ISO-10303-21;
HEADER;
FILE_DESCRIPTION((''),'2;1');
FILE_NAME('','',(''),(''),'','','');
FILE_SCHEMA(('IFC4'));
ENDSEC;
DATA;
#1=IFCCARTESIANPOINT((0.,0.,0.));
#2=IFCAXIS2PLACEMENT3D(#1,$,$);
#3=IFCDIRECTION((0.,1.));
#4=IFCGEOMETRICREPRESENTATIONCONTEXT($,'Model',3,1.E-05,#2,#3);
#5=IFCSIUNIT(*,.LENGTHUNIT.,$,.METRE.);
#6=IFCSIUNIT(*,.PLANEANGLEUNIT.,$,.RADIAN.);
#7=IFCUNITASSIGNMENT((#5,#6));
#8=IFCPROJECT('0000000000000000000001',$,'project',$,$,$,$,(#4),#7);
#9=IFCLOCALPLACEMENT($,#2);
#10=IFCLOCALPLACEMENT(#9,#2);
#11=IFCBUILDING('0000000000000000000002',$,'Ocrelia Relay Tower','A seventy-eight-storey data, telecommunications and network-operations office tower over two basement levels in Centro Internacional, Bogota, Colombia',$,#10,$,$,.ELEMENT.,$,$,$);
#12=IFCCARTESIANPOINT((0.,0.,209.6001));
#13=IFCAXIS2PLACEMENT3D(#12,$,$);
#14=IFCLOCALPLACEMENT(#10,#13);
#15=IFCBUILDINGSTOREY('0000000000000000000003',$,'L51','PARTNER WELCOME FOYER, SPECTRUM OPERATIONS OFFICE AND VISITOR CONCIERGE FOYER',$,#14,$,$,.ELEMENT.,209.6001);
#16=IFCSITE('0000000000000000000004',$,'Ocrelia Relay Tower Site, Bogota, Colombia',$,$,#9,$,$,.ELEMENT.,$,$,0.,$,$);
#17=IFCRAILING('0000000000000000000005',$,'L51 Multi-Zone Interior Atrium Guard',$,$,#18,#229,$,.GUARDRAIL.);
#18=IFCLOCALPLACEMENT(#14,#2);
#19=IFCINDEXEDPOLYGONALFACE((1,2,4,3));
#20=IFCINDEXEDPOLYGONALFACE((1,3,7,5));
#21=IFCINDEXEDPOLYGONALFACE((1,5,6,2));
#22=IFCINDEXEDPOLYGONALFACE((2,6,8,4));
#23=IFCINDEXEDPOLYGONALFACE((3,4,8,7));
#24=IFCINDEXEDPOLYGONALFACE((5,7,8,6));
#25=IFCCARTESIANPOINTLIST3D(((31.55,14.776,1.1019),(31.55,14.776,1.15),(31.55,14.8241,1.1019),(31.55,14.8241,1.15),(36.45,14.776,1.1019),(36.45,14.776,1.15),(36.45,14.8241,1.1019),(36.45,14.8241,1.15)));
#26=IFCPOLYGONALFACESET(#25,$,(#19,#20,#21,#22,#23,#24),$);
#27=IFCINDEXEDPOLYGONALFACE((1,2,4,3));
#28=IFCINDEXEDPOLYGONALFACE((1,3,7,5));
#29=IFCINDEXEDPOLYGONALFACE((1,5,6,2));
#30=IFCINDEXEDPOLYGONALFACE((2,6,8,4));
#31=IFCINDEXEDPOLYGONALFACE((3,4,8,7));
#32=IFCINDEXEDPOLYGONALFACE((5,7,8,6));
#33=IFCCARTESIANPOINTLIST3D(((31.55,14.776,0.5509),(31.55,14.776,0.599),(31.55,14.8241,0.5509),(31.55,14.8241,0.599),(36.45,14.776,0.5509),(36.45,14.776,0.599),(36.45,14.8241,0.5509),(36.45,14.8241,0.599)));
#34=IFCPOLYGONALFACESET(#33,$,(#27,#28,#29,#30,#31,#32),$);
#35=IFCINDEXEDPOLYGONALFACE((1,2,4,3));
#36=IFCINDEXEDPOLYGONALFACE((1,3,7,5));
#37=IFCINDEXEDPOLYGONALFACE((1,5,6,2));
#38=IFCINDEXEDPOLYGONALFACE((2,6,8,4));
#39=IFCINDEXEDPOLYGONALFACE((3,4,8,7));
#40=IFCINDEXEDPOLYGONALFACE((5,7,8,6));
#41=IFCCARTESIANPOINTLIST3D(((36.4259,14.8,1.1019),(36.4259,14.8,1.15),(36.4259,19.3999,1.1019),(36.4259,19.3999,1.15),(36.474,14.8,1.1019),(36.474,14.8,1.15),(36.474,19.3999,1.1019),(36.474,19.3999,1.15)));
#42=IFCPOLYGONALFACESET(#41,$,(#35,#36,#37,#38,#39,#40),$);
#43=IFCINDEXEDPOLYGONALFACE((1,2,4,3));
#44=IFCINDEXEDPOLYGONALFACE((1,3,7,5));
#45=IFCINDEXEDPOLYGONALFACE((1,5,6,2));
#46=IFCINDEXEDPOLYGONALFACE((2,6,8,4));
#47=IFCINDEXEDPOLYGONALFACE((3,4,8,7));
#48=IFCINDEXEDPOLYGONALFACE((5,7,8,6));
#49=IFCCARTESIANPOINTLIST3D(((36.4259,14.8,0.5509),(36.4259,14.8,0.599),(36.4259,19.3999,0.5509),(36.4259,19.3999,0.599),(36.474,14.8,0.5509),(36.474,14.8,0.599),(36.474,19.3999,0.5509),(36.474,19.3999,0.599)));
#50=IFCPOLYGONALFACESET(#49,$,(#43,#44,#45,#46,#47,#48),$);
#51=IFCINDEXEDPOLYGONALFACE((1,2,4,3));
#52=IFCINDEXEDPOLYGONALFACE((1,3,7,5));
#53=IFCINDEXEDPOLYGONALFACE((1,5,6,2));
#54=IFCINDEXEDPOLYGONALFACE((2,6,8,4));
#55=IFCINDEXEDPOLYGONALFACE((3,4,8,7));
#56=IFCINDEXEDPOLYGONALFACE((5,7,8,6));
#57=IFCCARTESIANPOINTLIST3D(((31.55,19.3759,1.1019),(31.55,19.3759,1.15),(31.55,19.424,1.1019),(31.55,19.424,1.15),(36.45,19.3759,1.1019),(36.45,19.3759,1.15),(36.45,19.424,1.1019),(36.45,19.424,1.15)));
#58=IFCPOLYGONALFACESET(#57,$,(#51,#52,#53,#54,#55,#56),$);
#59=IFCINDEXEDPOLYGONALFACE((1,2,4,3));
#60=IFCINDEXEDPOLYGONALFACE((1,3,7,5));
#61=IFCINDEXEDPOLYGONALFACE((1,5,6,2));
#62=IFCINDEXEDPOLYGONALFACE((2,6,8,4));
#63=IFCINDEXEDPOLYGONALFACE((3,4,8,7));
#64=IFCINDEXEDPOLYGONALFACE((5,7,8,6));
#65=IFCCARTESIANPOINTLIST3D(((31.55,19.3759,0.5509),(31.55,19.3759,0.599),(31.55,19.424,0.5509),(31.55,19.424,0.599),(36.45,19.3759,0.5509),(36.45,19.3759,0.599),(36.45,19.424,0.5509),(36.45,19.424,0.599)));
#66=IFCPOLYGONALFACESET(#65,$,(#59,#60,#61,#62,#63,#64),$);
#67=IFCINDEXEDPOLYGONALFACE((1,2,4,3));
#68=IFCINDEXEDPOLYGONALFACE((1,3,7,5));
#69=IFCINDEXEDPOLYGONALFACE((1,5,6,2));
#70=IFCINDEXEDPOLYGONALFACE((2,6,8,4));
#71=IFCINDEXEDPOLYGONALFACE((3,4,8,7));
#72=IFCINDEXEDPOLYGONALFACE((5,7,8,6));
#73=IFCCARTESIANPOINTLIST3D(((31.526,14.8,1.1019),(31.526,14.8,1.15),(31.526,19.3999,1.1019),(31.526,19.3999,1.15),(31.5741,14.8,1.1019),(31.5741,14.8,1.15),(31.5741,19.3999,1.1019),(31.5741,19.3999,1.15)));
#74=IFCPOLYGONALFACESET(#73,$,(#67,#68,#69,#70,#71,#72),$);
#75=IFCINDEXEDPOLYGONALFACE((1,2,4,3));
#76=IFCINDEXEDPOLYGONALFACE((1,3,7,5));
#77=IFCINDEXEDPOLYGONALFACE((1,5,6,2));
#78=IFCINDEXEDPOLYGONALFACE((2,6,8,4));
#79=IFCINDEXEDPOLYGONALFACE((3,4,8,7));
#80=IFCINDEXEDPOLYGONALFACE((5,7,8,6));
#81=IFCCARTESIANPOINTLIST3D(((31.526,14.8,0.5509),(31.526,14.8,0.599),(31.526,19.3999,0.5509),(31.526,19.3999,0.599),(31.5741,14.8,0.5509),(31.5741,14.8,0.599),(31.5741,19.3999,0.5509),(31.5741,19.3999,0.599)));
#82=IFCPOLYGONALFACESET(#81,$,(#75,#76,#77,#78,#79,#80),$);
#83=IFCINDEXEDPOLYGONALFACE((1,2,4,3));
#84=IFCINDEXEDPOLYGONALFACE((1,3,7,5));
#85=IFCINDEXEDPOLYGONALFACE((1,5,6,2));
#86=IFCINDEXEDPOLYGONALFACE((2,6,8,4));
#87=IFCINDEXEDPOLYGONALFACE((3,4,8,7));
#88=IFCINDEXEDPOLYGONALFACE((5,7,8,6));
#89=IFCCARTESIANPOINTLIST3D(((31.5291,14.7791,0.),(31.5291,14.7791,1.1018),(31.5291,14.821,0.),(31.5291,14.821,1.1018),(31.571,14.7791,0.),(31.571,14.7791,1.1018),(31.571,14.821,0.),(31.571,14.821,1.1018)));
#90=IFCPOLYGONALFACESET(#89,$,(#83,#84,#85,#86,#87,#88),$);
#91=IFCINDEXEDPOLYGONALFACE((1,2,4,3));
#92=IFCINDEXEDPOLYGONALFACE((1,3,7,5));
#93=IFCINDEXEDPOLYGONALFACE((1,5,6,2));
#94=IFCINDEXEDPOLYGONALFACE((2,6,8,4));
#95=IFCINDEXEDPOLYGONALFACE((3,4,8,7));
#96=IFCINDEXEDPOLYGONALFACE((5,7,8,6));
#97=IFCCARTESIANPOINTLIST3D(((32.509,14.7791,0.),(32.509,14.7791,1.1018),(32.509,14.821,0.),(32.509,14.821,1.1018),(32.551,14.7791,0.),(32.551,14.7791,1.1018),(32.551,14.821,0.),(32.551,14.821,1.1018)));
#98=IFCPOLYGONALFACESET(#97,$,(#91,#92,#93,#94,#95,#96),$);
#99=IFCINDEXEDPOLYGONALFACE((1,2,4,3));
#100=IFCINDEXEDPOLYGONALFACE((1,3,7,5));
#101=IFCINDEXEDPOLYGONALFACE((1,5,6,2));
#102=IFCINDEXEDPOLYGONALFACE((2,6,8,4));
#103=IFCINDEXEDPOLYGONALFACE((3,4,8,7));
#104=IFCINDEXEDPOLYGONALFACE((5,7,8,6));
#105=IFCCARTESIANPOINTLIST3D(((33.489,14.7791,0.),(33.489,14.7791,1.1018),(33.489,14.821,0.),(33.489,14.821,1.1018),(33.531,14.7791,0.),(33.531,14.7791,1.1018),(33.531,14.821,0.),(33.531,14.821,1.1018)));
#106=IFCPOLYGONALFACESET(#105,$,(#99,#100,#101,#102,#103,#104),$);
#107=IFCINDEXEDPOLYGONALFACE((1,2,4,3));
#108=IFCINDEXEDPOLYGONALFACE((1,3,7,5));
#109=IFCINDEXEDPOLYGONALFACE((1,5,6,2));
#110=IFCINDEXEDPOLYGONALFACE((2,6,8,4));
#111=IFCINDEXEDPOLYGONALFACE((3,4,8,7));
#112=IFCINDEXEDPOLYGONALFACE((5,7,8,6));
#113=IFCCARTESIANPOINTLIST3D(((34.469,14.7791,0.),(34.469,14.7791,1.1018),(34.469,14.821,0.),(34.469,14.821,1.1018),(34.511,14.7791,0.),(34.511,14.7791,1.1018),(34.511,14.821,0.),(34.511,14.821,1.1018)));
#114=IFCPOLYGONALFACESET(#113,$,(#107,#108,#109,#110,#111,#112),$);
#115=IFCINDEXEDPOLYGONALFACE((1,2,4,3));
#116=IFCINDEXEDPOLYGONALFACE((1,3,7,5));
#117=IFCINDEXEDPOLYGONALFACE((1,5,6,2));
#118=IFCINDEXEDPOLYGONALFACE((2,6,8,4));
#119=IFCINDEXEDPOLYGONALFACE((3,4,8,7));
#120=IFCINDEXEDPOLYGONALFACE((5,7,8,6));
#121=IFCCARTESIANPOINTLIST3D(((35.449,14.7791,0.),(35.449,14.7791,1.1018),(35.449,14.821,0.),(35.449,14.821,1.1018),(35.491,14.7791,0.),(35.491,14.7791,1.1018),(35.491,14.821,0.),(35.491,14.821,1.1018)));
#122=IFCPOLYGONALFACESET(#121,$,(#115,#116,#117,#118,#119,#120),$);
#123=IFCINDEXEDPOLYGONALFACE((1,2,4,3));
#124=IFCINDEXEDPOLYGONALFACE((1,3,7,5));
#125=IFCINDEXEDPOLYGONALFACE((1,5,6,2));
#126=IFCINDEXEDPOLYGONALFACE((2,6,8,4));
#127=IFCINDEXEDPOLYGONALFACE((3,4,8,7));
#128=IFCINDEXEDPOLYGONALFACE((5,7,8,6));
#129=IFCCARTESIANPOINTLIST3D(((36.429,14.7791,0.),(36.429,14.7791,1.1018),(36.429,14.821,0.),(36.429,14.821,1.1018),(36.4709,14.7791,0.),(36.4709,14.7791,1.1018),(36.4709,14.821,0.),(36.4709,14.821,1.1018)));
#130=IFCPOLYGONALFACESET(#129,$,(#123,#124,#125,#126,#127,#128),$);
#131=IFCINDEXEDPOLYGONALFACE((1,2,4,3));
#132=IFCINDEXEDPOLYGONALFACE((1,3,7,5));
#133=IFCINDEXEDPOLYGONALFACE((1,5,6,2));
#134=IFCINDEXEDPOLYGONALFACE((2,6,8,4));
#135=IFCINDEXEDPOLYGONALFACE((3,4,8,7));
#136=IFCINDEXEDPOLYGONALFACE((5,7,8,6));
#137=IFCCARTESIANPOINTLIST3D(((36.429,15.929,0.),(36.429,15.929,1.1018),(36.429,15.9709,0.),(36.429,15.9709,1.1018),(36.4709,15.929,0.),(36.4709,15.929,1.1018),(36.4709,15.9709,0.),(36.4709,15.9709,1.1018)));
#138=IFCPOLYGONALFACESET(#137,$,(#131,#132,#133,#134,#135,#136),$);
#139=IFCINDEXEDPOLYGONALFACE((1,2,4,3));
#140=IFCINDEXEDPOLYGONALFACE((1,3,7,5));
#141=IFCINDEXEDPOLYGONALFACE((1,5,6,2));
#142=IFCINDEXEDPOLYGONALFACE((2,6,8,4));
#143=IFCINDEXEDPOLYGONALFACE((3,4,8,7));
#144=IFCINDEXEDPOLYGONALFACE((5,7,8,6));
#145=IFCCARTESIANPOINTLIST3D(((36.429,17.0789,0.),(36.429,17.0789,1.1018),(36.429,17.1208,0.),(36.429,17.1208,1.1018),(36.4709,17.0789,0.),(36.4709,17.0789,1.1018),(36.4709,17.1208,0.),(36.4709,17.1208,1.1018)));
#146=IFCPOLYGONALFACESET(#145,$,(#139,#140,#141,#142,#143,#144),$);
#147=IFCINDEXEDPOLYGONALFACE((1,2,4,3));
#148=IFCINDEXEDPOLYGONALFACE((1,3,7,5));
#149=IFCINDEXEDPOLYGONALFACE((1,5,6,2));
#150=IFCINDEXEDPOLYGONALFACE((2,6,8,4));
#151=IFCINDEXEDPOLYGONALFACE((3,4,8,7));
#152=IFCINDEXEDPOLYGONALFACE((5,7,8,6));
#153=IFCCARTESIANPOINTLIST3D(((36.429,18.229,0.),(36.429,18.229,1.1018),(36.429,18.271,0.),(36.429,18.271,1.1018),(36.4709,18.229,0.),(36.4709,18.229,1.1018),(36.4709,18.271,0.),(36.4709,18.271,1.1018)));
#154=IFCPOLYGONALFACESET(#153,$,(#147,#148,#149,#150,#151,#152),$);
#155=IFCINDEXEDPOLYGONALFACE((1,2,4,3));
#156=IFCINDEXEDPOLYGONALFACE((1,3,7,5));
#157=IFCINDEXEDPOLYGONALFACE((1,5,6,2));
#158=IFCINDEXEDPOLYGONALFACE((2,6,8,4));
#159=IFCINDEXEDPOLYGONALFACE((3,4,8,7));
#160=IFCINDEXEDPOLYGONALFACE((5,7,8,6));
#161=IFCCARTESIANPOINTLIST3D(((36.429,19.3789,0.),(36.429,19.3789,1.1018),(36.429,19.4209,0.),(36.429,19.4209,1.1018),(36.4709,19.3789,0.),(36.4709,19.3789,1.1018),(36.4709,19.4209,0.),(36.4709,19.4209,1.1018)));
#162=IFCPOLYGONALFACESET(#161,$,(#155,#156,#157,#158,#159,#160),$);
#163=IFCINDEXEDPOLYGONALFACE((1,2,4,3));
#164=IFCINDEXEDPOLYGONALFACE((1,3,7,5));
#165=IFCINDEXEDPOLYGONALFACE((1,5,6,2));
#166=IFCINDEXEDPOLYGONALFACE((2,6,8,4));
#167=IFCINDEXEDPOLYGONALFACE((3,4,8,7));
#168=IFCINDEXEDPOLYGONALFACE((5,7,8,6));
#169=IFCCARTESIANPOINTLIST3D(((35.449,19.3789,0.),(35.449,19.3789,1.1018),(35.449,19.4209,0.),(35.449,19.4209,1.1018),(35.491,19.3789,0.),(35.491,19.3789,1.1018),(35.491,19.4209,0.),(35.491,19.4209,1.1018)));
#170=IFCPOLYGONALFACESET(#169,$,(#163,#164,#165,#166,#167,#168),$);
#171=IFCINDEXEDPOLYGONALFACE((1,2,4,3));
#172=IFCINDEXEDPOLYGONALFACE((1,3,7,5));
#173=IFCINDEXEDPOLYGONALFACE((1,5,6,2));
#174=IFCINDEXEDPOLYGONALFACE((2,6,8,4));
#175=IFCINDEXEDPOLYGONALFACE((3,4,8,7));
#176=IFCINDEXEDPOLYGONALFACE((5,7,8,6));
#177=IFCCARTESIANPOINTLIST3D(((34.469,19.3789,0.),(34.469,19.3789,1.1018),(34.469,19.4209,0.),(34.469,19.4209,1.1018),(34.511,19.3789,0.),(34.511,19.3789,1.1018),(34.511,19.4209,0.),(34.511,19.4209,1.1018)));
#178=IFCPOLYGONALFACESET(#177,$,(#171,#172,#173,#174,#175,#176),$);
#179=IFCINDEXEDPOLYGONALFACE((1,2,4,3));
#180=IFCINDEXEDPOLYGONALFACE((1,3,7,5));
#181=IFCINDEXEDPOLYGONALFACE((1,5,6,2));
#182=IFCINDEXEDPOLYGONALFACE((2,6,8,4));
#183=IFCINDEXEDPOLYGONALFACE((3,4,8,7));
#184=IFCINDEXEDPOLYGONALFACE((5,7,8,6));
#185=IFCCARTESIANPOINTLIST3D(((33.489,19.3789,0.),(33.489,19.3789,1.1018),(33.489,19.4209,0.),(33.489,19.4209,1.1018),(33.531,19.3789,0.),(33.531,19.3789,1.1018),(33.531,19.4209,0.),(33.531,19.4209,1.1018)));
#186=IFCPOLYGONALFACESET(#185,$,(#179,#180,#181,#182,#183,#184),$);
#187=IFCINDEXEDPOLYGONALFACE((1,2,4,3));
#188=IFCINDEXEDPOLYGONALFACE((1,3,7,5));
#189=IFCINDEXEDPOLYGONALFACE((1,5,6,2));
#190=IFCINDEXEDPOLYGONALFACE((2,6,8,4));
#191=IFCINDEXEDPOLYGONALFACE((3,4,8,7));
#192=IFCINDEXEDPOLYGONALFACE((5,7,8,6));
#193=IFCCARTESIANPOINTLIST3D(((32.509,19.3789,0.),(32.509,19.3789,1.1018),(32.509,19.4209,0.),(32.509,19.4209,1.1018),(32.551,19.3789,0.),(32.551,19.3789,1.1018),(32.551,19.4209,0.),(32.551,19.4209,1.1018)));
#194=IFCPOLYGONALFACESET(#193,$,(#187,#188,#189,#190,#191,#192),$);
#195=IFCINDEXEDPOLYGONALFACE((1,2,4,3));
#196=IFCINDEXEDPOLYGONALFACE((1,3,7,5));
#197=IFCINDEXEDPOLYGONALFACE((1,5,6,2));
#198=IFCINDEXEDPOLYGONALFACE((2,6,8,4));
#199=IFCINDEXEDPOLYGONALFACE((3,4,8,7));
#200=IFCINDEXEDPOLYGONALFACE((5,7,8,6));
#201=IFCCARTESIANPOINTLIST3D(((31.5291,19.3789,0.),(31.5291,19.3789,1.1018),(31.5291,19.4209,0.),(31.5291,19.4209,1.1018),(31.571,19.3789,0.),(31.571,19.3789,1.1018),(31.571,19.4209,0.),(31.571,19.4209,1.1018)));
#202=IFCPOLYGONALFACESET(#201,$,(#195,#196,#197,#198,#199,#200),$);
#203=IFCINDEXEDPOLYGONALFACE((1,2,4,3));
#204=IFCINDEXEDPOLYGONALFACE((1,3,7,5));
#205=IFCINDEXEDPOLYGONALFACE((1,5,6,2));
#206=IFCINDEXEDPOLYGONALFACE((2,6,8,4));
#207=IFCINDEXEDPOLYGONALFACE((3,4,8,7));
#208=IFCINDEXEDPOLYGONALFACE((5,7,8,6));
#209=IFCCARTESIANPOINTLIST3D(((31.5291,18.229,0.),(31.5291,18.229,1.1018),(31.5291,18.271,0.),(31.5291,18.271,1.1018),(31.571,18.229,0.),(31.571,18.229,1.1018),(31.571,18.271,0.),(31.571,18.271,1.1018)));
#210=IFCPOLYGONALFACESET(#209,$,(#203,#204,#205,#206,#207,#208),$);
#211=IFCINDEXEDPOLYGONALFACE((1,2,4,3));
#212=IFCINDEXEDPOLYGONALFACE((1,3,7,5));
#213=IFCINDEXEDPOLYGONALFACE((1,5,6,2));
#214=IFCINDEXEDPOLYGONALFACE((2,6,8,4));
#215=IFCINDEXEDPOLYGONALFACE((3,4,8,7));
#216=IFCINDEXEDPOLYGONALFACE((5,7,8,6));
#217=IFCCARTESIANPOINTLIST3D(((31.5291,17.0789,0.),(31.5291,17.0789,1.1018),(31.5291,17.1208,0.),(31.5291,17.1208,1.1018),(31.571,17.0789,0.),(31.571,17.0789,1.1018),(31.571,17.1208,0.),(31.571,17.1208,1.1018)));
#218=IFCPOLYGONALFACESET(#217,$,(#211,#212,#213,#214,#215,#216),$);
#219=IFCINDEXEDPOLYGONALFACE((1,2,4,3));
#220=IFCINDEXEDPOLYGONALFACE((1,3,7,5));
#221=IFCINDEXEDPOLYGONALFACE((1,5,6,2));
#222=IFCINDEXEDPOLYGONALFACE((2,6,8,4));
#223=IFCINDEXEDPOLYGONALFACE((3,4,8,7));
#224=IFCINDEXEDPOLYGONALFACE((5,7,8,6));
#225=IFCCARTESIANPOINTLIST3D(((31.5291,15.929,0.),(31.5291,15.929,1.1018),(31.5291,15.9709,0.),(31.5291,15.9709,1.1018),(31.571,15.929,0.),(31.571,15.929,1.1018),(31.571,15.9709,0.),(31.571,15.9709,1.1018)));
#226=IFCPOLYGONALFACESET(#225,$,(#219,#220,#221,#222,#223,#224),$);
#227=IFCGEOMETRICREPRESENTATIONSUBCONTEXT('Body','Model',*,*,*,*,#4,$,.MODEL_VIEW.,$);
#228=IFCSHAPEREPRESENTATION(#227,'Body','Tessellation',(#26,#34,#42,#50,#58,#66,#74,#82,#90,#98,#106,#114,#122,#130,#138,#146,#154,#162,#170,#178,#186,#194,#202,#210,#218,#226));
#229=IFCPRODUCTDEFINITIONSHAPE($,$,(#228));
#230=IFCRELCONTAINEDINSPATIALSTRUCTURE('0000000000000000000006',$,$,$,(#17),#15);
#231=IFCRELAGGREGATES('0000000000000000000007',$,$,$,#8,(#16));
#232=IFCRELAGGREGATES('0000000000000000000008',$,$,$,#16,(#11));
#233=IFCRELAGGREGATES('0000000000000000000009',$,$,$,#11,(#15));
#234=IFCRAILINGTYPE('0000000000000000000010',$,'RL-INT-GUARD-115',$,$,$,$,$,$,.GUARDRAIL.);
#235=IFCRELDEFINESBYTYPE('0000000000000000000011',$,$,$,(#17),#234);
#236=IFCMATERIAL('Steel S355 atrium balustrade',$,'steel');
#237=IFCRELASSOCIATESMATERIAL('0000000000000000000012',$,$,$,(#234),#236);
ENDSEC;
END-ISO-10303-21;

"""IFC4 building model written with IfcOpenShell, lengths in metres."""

from ifc_helpers import new_model, si_unit, direction, frame, origin, origin_2d, place, context, subcontext, project, spatial, rectangle, extrude, material, type_object, element, save


model = new_model("IFC4")

# Units and contexts
model_context = context("Model", 3, precision=1e-05, world=origin(), true_north=direction((0.0, 1.0)))
body_context = subcontext(model_context, "Body", "Model", "MODEL_VIEW")
ifc_project = project(units=[si_unit("LENGTHUNIT", "METRE"), si_unit("PLANEANGLEUNIT", "RADIAN")], contexts=[model_context])

# Site, building, storey
site_placement = place(None, origin())
site = spatial("IfcSite", under=ifc_project, at=site_placement, Name="Ocrelia Relay Tower Site, Bogota, Colombia", CompositionType="ELEMENT", RefElevation=0.0)
building_placement = place(site_placement, origin())
building = spatial("IfcBuilding", under=site, at=building_placement, Name="Ocrelia Relay Tower", Description="A seventy-eight-storey data, telecommunications and network-operations office tower over two basement levels in Centro Internacional, Bogota, Colombia", CompositionType="ELEMENT")
storey_placement = place(building_placement, frame((0.0, 0.0, 209.6001)))
storey = spatial("IfcBuildingStorey", under=building, at=storey_placement, Name="L51", Description="PARTNER WELCOME FOYER, SPECTRUM OPERATIONS OFFICE AND VISITOR CONCIERGE FOYER", CompositionType="ELEMENT", Elevation=209.6001)

# Railing
ifc_material_1 = material(Name="Steel S355 atrium balustrade", Category="steel")
railing_type_1 = type_object("IfcRailingType", Name="RL-INT-GUARD-115", PredefinedType="GUARDRAIL", material=ifc_material_1)
railing_1_placement = place(storey_placement, frame((31.55, 14.8, 0.0)))
element("IfcRailing", 1, at=railing_1_placement, inside=storey, type_object=railing_type_1, Name="L51 Multi-Zone Interior Atrium Guard", PredefinedType="GUARDRAIL", context=body_context, shape_type="SweptSolid", body=[
    extrude(rectangle(XDim=0.0481, YDim=0.0481, at=origin_2d()), frame((0.0, 0.0, 1.126), z_axis=(1.0, 0.0, 0.0), x_axis=(0.0, 1.0, 0.0)), (0.0, 0.0, 1.0), 4.8999),
    extrude(rectangle(XDim=0.0481, YDim=0.0481, at=origin_2d()), frame((0.0, 0.0, 0.575), z_axis=(1.0, 0.0, 0.0), x_axis=(0.0, 1.0, 0.0)), (0.0, 0.0, 1.0), 4.8999),
    extrude(rectangle(XDim=0.0481, YDim=0.0481, at=origin_2d()), frame((4.8999, 0.0, 1.126), z_axis=(0.0, 1.0, 0.0), x_axis=(-1.0, 0.0, 0.0)), (0.0, 0.0, 1.0), 4.5999),
    extrude(rectangle(XDim=0.0481, YDim=0.0481, at=origin_2d()), frame((4.8999, 0.0, 0.575), z_axis=(0.0, 1.0, 0.0), x_axis=(-1.0, 0.0, 0.0)), (0.0, 0.0, 1.0), 4.5999),
    extrude(rectangle(XDim=0.0481, YDim=0.0481, at=origin_2d()), frame((4.8999, 4.5999, 1.126), z_axis=(-1.0, 0.0, 0.0), x_axis=(0.0, -1.0, 0.0)), (0.0, 0.0, 1.0), 4.8999),
    extrude(rectangle(XDim=0.0481, YDim=0.0481, at=origin_2d()), frame((4.8999, 4.5999, 0.575), z_axis=(-1.0, 0.0, 0.0), x_axis=(0.0, -1.0, 0.0)), (0.0, 0.0, 1.0), 4.8999),
    extrude(rectangle(XDim=0.0481, YDim=0.0481, at=origin_2d()), frame((0.0, 4.5999, 1.126), z_axis=(0.0, -1.0, 0.0), x_axis=(1.0, 0.0, 0.0)), (0.0, 0.0, 1.0), 4.5999),
    extrude(rectangle(XDim=0.0481, YDim=0.0481, at=origin_2d()), frame((0.0, 4.5999, 0.575), z_axis=(0.0, -1.0, 0.0), x_axis=(1.0, 0.0, 0.0)), (0.0, 0.0, 1.0), 4.5999),
    extrude(rectangle(XDim=0.042, YDim=0.042, at=origin_2d()), origin(), (0.0, 0.0, 1.0), 1.1018),
    extrude(rectangle(XDim=0.042, YDim=0.042, at=origin_2d()), frame((0.98, 0.0, 0.0)), (0.0, 0.0, 1.0), 1.1018),
    extrude(rectangle(XDim=0.042, YDim=0.042, at=origin_2d()), frame((1.96, 0.0, 0.0)), (0.0, 0.0, 1.0), 1.1018),
    extrude(rectangle(XDim=0.042, YDim=0.042, at=origin_2d()), frame((2.9399, 0.0, 0.0)), (0.0, 0.0, 1.0), 1.1018),
    extrude(rectangle(XDim=0.042, YDim=0.042, at=origin_2d()), frame((3.9199, 0.0, 0.0)), (0.0, 0.0, 1.0), 1.1018),
    extrude(rectangle(XDim=0.042, YDim=0.042, at=origin_2d()), frame((4.8999, 0.0, 0.0)), (0.0, 0.0, 1.0), 1.1018),
    extrude(rectangle(XDim=0.042, YDim=0.042, at=origin_2d()), frame((4.8999, 1.1499, 0.0)), (0.0, 0.0, 1.0), 1.1018),
    extrude(rectangle(XDim=0.042, YDim=0.042, at=origin_2d()), frame((4.8999, 2.2998, 0.0)), (0.0, 0.0, 1.0), 1.1018),
    extrude(rectangle(XDim=0.042, YDim=0.042, at=origin_2d()), frame((4.8999, 3.45, 0.0)), (0.0, 0.0, 1.0), 1.1018),
    extrude(rectangle(XDim=0.042, YDim=0.042, at=origin_2d()), frame((4.8999, 4.5999, 0.0)), (0.0, 0.0, 1.0), 1.1018),
    extrude(rectangle(XDim=0.042, YDim=0.042, at=origin_2d()), frame((3.9199, 4.5999, 0.0)), (0.0, 0.0, 1.0), 1.1018),
    extrude(rectangle(XDim=0.042, YDim=0.042, at=origin_2d()), frame((2.9399, 4.5999, 0.0)), (0.0, 0.0, 1.0), 1.1018),
    extrude(rectangle(XDim=0.042, YDim=0.042, at=origin_2d()), frame((1.96, 4.5999, 0.0)), (0.0, 0.0, 1.0), 1.1018),
    extrude(rectangle(XDim=0.042, YDim=0.042, at=origin_2d()), frame((0.98, 4.5999, 0.0)), (0.0, 0.0, 1.0), 1.1018),
    extrude(rectangle(XDim=0.042, YDim=0.042, at=origin_2d()), frame((0.0, 4.5999, 0.0)), (0.0, 0.0, 1.0), 1.1018),
    extrude(rectangle(XDim=0.042, YDim=0.042, at=origin_2d()), frame((0.0, 3.45, 0.0)), (0.0, 0.0, 1.0), 1.1018),
    extrude(rectangle(XDim=0.042, YDim=0.042, at=origin_2d()), frame((0.0, 2.2998, 0.0)), (0.0, 0.0, 1.0), 1.1018),
    extrude(rectangle(XDim=0.042, YDim=0.042, at=origin_2d()), frame((0.0, 1.1499, 0.0)), (0.0, 0.0, 1.0), 1.1018),
])

save(model, "model.ifc")
